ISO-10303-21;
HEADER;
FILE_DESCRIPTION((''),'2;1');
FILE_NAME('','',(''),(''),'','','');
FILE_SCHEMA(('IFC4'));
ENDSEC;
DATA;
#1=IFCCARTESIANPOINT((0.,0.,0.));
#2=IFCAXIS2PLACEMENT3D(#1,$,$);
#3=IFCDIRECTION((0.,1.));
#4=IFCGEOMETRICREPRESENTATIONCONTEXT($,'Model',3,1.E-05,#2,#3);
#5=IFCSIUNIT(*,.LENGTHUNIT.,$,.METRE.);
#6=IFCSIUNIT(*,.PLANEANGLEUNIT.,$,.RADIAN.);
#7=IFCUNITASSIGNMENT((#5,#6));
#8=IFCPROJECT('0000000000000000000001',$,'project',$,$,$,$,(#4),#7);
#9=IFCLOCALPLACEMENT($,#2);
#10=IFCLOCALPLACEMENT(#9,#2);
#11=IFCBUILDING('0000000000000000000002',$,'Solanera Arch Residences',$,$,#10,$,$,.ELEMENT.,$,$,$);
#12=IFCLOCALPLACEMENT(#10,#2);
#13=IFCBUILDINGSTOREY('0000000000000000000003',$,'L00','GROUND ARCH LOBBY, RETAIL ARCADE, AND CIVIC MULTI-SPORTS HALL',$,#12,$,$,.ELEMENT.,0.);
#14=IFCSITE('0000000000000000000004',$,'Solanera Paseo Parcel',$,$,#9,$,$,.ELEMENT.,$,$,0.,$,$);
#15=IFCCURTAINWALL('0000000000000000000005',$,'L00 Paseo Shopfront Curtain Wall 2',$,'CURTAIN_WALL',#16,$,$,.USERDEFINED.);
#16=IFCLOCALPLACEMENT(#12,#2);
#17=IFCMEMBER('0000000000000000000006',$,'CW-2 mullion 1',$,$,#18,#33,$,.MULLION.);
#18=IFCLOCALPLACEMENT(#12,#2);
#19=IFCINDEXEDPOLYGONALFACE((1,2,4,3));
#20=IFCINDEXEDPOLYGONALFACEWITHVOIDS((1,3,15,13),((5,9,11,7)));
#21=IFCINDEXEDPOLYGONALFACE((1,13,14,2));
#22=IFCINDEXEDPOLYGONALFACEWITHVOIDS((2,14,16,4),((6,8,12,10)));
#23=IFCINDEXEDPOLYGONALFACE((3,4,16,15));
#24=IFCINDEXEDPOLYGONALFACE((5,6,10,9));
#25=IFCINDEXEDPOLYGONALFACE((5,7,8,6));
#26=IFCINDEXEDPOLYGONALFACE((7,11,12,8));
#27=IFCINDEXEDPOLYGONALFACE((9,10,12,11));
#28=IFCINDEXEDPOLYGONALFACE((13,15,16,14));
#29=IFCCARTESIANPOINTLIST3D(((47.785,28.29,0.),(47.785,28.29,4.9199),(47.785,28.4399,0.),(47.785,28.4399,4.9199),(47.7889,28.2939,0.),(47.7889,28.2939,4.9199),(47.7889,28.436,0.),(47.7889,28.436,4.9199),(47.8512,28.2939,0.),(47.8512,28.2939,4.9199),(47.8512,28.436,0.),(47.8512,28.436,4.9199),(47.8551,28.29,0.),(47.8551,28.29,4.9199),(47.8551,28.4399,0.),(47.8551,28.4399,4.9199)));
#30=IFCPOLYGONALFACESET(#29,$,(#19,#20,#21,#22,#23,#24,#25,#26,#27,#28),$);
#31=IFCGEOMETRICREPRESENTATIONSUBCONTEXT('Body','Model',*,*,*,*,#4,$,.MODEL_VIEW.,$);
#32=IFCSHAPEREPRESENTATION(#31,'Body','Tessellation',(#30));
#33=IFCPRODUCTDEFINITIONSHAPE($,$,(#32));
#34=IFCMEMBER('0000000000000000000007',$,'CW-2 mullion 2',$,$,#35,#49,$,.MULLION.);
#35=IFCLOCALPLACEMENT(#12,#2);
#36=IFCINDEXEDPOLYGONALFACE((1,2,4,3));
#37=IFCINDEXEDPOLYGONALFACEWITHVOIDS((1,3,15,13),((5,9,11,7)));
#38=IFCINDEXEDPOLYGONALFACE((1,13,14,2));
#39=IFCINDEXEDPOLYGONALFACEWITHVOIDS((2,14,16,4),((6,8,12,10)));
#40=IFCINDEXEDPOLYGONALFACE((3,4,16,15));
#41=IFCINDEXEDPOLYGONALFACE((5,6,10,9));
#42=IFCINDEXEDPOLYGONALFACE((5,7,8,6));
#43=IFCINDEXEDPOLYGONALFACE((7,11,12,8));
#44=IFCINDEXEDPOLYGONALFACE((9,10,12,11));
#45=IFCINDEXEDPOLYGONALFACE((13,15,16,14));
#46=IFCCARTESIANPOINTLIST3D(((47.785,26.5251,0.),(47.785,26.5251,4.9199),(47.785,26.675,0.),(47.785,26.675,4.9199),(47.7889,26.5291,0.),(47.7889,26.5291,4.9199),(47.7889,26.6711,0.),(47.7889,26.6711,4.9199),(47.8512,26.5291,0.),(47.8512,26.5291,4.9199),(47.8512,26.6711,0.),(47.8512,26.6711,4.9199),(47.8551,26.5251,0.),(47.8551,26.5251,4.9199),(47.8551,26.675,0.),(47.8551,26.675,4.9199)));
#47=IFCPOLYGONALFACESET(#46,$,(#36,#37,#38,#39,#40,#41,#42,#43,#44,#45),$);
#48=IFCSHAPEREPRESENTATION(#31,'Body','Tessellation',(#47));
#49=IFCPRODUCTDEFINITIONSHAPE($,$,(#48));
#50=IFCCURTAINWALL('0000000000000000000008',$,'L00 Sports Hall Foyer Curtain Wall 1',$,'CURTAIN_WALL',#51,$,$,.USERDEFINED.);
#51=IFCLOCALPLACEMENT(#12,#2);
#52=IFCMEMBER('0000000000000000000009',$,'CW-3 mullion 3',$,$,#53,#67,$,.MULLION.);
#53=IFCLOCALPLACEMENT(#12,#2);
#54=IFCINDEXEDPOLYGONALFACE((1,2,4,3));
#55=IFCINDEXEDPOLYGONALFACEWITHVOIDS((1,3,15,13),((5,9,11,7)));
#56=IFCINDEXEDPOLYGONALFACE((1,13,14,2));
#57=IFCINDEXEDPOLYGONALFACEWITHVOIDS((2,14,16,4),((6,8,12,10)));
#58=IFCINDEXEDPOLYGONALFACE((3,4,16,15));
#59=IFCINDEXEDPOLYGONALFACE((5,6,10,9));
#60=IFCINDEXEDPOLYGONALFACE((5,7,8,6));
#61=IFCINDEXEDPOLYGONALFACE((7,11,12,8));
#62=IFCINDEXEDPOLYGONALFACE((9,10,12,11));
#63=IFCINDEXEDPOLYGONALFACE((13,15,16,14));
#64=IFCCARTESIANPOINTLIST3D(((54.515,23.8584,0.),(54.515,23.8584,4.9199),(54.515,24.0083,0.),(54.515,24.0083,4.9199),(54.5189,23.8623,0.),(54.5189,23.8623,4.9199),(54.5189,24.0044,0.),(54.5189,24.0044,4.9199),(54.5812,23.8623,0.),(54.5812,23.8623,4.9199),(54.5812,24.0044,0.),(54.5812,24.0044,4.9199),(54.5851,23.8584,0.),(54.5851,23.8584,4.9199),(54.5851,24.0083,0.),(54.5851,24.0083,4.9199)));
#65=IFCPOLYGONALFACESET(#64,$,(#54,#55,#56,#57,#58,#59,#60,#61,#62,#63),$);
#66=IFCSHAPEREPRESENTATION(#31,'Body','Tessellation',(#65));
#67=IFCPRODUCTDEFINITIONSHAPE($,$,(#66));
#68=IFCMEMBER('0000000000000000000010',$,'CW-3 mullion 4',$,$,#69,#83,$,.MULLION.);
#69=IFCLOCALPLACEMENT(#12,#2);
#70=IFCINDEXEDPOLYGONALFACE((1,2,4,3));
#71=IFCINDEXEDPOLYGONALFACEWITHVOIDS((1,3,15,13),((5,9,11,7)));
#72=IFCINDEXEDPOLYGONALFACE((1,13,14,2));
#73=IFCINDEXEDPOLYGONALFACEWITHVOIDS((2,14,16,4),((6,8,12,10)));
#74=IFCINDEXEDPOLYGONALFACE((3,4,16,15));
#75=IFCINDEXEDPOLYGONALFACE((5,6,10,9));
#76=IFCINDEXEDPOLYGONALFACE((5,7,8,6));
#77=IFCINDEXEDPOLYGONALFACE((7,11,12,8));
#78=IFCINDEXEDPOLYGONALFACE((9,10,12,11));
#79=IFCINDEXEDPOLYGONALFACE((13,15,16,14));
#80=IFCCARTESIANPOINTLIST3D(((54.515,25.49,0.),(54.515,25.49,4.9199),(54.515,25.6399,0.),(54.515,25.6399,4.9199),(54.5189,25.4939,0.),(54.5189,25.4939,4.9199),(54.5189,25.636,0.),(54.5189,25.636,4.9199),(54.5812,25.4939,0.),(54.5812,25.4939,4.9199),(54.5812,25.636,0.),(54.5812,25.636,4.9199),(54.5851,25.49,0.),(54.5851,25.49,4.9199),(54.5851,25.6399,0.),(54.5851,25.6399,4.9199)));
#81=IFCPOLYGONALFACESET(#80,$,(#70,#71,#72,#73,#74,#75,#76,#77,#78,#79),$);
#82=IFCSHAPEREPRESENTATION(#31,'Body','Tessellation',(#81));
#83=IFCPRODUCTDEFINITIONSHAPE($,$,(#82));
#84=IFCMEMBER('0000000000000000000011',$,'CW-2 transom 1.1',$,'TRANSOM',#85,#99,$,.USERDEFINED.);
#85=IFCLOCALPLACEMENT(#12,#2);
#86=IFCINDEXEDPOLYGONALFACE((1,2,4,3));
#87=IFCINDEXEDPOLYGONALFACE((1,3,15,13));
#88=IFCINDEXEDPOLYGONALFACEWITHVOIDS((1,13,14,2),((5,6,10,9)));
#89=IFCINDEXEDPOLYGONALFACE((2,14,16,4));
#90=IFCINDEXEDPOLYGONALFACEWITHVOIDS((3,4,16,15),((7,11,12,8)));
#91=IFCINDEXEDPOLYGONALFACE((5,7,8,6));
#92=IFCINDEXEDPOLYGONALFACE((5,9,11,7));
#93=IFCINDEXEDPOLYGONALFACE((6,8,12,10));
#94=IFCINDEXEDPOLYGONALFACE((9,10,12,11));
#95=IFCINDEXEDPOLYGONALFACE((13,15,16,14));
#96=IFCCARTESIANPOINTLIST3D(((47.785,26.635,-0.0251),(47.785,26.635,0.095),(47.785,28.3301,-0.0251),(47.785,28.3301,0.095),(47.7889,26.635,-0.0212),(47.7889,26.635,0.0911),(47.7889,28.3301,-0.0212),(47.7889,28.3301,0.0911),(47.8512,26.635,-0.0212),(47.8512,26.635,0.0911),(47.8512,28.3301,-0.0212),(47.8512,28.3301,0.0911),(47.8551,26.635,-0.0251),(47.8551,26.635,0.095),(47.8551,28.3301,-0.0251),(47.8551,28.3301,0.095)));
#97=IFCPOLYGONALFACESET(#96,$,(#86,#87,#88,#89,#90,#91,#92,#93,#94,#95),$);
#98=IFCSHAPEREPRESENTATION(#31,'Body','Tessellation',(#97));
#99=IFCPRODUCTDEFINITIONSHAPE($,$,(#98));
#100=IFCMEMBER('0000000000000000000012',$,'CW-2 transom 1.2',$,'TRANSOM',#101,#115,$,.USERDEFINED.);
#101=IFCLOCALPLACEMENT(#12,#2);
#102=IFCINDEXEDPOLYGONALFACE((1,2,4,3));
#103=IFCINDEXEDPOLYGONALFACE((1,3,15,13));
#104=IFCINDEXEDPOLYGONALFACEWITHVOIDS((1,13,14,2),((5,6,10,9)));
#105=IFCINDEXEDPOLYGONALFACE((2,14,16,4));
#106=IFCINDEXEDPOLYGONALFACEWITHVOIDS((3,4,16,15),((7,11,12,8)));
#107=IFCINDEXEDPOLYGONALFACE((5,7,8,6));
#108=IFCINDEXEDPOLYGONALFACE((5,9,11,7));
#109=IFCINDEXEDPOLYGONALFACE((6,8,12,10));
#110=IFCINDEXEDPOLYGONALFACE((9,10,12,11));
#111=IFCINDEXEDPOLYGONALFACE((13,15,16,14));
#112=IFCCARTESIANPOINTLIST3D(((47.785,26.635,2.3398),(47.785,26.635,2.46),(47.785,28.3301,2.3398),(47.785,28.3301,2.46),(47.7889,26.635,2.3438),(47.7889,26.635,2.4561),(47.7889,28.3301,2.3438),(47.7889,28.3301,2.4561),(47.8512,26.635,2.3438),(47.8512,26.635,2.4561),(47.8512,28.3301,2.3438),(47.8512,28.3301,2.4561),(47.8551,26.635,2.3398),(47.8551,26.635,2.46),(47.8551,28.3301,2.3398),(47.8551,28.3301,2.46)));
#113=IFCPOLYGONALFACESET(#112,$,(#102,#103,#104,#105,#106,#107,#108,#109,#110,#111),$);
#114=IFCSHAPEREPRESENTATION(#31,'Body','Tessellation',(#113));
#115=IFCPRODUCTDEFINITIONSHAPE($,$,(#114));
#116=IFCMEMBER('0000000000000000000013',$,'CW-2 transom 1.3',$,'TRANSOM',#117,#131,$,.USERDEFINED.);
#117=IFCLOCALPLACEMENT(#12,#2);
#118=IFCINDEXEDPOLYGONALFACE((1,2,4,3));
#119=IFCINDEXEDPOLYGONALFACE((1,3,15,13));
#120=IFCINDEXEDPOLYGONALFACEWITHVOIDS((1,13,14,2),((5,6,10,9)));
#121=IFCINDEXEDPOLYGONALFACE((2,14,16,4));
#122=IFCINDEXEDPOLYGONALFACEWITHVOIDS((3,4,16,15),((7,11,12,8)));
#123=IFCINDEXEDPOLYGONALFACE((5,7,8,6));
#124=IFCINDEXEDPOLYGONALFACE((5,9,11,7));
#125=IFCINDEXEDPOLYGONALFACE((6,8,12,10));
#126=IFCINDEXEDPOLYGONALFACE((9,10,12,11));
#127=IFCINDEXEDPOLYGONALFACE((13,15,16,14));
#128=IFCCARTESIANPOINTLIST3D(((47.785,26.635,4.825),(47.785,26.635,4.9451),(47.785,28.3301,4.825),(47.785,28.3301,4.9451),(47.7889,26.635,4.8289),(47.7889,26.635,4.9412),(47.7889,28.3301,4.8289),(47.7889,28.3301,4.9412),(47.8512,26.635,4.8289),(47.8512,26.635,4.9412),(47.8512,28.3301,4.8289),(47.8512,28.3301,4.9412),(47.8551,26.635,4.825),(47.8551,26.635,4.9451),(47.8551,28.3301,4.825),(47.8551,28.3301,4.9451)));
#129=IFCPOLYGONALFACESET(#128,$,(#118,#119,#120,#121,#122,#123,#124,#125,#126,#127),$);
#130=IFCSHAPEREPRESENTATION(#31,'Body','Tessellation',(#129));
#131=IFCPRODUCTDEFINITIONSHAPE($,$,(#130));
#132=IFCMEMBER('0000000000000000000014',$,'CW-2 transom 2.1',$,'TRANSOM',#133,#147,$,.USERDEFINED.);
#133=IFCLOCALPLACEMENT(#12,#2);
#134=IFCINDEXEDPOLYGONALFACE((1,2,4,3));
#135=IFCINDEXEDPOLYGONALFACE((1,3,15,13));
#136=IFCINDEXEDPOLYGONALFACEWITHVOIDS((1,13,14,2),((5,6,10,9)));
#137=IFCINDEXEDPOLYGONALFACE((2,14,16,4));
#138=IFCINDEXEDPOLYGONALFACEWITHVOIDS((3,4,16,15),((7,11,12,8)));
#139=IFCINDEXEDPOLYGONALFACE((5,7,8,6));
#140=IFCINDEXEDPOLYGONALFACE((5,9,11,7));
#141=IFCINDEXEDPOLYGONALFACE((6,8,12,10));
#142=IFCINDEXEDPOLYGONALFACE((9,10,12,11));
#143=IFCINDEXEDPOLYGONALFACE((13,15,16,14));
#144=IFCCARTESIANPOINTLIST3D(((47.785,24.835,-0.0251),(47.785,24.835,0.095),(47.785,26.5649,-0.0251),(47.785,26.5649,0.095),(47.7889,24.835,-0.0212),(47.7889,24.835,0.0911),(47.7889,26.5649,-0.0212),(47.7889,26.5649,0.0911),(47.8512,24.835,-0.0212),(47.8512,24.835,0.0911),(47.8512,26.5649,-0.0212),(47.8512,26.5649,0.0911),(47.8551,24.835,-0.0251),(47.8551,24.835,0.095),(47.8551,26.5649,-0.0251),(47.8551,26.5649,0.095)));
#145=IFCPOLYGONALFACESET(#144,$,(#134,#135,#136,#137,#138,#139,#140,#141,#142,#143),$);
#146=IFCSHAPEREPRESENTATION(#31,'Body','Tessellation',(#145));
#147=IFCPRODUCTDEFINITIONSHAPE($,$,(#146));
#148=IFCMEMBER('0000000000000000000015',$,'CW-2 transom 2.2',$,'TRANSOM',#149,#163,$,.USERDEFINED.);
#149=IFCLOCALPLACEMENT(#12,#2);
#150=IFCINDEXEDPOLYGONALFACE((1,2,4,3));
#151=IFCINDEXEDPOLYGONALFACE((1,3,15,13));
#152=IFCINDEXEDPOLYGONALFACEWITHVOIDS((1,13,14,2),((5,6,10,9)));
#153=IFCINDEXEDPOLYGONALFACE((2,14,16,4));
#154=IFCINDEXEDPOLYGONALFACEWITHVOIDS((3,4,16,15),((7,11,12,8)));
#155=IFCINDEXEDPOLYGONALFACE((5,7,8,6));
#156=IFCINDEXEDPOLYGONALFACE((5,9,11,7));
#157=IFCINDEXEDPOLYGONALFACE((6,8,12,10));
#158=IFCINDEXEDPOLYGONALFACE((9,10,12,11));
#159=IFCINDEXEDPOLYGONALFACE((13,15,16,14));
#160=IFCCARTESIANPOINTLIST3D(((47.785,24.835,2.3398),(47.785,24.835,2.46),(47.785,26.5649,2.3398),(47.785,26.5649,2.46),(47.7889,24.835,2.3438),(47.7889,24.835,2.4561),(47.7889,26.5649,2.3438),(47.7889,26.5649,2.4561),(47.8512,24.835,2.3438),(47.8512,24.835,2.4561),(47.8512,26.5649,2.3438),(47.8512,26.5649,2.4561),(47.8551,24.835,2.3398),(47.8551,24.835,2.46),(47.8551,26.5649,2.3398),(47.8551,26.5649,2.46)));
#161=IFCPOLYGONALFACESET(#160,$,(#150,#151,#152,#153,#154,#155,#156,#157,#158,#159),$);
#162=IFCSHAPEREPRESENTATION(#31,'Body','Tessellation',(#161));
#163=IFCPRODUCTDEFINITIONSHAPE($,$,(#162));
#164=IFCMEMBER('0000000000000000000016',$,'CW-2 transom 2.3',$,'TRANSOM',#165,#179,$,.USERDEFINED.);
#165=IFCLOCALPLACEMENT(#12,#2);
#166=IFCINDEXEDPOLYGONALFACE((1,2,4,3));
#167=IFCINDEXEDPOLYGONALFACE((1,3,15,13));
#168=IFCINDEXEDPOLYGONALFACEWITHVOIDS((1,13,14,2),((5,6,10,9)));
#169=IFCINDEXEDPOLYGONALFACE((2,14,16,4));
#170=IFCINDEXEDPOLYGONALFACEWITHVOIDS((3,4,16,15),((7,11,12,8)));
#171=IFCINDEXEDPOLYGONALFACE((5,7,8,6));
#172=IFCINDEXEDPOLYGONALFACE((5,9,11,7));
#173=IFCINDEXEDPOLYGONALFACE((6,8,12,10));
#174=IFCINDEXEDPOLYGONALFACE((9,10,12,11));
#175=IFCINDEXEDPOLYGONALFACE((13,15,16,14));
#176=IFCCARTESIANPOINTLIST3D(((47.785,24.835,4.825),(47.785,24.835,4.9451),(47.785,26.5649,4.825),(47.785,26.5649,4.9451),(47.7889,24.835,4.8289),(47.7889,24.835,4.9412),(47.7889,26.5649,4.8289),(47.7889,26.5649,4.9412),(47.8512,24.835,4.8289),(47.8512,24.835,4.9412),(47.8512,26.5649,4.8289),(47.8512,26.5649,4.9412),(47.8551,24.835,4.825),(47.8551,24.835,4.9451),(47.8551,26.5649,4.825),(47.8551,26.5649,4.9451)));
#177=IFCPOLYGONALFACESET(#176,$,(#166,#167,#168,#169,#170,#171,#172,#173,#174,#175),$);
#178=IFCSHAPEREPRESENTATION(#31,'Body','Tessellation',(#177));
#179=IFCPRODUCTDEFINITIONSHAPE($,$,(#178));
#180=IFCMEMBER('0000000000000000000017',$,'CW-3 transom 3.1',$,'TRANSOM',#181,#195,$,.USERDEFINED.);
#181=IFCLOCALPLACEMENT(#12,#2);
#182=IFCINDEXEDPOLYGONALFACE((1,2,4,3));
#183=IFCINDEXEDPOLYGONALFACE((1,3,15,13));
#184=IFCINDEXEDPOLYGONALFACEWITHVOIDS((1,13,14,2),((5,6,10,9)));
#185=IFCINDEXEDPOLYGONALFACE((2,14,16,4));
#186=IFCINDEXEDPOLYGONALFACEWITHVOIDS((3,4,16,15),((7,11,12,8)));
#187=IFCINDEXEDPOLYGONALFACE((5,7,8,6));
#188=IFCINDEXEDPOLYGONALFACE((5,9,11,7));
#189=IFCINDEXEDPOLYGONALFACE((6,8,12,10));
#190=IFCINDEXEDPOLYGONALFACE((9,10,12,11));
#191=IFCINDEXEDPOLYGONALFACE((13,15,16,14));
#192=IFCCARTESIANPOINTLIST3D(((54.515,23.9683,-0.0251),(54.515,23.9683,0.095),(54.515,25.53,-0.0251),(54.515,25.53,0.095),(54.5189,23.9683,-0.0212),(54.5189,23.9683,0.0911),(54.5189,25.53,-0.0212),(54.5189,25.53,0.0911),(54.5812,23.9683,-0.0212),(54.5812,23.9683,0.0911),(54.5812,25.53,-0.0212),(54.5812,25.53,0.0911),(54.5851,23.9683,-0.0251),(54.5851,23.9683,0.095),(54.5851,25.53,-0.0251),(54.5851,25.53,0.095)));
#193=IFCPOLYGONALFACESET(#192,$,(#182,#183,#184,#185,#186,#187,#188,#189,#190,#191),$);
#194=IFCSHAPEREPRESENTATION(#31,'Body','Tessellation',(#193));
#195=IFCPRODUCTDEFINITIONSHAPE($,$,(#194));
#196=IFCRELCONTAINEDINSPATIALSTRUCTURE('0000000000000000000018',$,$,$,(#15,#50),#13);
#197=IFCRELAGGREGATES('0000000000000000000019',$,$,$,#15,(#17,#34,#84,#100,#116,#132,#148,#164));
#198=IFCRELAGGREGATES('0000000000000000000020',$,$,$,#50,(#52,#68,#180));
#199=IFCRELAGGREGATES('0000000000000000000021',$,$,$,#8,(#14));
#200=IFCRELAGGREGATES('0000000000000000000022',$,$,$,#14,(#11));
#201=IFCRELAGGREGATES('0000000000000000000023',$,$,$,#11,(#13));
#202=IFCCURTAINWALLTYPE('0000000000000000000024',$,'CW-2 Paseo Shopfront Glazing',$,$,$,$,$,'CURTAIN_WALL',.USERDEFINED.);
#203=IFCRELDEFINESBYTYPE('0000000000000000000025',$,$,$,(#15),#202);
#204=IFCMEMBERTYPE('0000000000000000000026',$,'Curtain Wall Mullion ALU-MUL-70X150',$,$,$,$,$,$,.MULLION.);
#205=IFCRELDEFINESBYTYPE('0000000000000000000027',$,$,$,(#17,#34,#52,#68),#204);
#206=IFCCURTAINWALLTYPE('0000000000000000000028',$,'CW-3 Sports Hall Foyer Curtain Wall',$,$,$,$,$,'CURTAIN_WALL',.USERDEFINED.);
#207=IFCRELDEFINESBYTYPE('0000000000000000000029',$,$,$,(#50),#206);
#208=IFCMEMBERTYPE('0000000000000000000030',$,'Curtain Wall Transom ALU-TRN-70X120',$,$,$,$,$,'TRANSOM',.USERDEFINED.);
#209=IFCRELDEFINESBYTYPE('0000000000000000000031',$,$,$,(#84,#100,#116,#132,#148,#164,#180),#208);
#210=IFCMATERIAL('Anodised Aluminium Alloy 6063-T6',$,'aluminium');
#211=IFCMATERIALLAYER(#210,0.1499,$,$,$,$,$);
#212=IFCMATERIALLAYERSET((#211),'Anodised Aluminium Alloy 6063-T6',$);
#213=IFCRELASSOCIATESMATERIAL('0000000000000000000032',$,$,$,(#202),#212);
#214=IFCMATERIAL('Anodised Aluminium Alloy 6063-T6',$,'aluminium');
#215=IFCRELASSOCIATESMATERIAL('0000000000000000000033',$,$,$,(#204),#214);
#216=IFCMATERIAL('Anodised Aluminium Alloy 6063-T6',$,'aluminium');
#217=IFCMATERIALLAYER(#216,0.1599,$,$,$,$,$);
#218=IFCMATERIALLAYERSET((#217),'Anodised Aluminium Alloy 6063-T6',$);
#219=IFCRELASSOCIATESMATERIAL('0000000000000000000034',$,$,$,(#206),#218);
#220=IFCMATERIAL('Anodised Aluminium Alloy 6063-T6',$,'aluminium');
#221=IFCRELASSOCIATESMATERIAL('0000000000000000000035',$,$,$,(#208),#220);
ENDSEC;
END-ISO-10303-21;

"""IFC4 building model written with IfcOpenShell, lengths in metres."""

from ifc_helpers import new_model, si_unit, direction, frame, origin, origin_2d, place, context, subcontext, project, spatial, hollow_rectangle, extrude, material, layer, layer_set, material_profile, profile_set, type_object, element, aggregate, save


model = new_model("IFC4")

# Units and contexts
model_context = context("Model", 3, precision=1e-05, world=origin(), true_north=direction((0.0, 1.0)))
body_context = subcontext(model_context, "Body", "Model", "MODEL_VIEW")
ifc_project = project(units=[si_unit("LENGTHUNIT", "METRE"), si_unit("PLANEANGLEUNIT", "RADIAN")], contexts=[model_context])

# Site, building, storey
site_placement = place(None, origin())
site = spatial("IfcSite", under=ifc_project, at=site_placement, Name="Solanera Paseo Parcel", CompositionType="ELEMENT", RefElevation=0.0)
building_placement = place(site_placement, origin())
building = spatial("IfcBuilding", under=site, at=building_placement, Name="Solanera Arch Residences", CompositionType="ELEMENT")
storey_placement = place(building_placement, origin())
storey = spatial("IfcBuildingStorey", under=building, at=storey_placement, Name="L00", Description="GROUND ARCH LOBBY, RETAIL ARCADE, AND CIVIC MULTI-SPORTS HALL", CompositionType="ELEMENT", Elevation=0.0)

# Curtain walls, members
ifc_material_1 = material(Name="Anodised Aluminium Alloy 6063-T6", Category="aluminium")
ifc_layer_1 = layer(ifc_material_1, 0.1499)
ifc_layer_set_1 = layer_set([ifc_layer_1], Name="Anodised Aluminium Alloy 6063-T6")
curtain_wall_type_1 = type_object("IfcCurtainWallType", Name="CW-2 Paseo Shopfront Glazing", ElementType="CURTAIN_WALL", PredefinedType="USERDEFINED", material=ifc_layer_set_1)
curtain_wall_1_placement = place(storey_placement, origin())
curtain_wall_1 = element("IfcCurtainWall", 1, at=curtain_wall_1_placement, inside=storey, type_object=curtain_wall_type_1, Name="L00 Paseo Shopfront Curtain Wall 2", ObjectType="CURTAIN_WALL", PredefinedType="USERDEFINED")
ifc_material_2 = material(Name="Anodised Aluminium Alloy 6063-T6", Category="aluminium")
ifc_material_profile_1 = material_profile(ifc_material_2, hollow_rectangle(XDim=0.0701, YDim=0.1499, WallThickness=0.0039, at=origin_2d()))
ifc_profile_set_1 = profile_set([ifc_material_profile_1], Name="Anodised Aluminium Alloy 6063-T6")
member_type_1 = type_object("IfcMemberType", Name="Curtain Wall Mullion ALU-MUL-70X150", PredefinedType="MULLION", material=ifc_profile_set_1)
member_1_placement = place(storey_placement, frame((47.8201, 28.365, 0.0), z_axis=(0.0, 0.0, 1.0), x_axis=(1.0, 0.0, 0.0)))
member_1 = element("IfcMember", 2, at=member_1_placement, type_object=member_type_1, Name="CW-2 mullion 1", PredefinedType="MULLION", context=body_context, shape_type="SweptSolid", body=[
    extrude(hollow_rectangle(XDim=0.0701, YDim=0.1499, WallThickness=0.0039, at=origin_2d()), origin(), (0.0, 0.0, 1.0), 4.9199),
])
member_2_placement = place(storey_placement, frame((47.8201, 26.6001, 0.0), z_axis=(0.0, 0.0, 1.0), x_axis=(1.0, 0.0, 0.0)))
member_2 = element("IfcMember", 3, at=member_2_placement, type_object=member_type_1, Name="CW-2 mullion 2", PredefinedType="MULLION", context=body_context, shape_type="SweptSolid", body=[
    extrude(hollow_rectangle(XDim=0.0701, YDim=0.1499, WallThickness=0.0039, at=origin_2d()), origin(), (0.0, 0.0, 1.0), 4.9199),
])
ifc_material_3 = material(Name="Anodised Aluminium Alloy 6063-T6", Category="aluminium")
ifc_layer_2 = layer(ifc_material_3, 0.1599)
ifc_layer_set_2 = layer_set([ifc_layer_2], Name="Anodised Aluminium Alloy 6063-T6")
curtain_wall_type_2 = type_object("IfcCurtainWallType", Name="CW-3 Sports Hall Foyer Curtain Wall", ElementType="CURTAIN_WALL", PredefinedType="USERDEFINED", material=ifc_layer_set_2)
curtain_wall_2_placement = place(storey_placement, origin())
curtain_wall_2 = element("IfcCurtainWall", 4, at=curtain_wall_2_placement, inside=storey, type_object=curtain_wall_type_2, Name="L00 Sports Hall Foyer Curtain Wall 1", ObjectType="CURTAIN_WALL", PredefinedType="USERDEFINED")
member_3_placement = place(storey_placement, frame((54.55, 23.9333, 0.0), z_axis=(0.0, 0.0, 1.0), x_axis=(-1.0, 0.0, 0.0)))
member_3 = element("IfcMember", 5, at=member_3_placement, type_object=member_type_1, Name="CW-3 mullion 3", PredefinedType="MULLION", context=body_context, shape_type="SweptSolid", body=[
    extrude(hollow_rectangle(XDim=0.0701, YDim=0.1499, WallThickness=0.0039, at=origin_2d()), origin(), (0.0, 0.0, 1.0), 4.9199),
])
member_4_placement = place(storey_placement, frame((54.55, 25.5649, 0.0), z_axis=(0.0, 0.0, 1.0), x_axis=(-1.0, 0.0, 0.0)))
member_4 = element("IfcMember", 6, at=member_4_placement, type_object=member_type_1, Name="CW-3 mullion 4", PredefinedType="MULLION", context=body_context, shape_type="SweptSolid", body=[
    extrude(hollow_rectangle(XDim=0.0701, YDim=0.1499, WallThickness=0.0039, at=origin_2d()), origin(), (0.0, 0.0, 1.0), 4.9199),
])

# Members
ifc_material_4 = material(Name="Anodised Aluminium Alloy 6063-T6", Category="aluminium")
ifc_material_profile_2 = material_profile(ifc_material_4, hollow_rectangle(XDim=0.0701, YDim=0.1201, WallThickness=0.0039, at=origin_2d()))
ifc_profile_set_2 = profile_set([ifc_material_profile_2], Name="Anodised Aluminium Alloy 6063-T6")
member_type_2 = type_object("IfcMemberType", Name="Curtain Wall Transom ALU-TRN-70X120", ElementType="TRANSOM", PredefinedType="USERDEFINED", material=ifc_profile_set_2)
member_5_placement = place(storey_placement, frame((47.8201, 28.3301, 0.0349), z_axis=(0.0, -1.0, 0.0), x_axis=(1.0, 0.0, 0.0)))
member_5 = element("IfcMember", 7, at=member_5_placement, type_object=member_type_2, Name="CW-2 transom 1.1", ObjectType="TRANSOM", PredefinedType="USERDEFINED", context=body_context, shape_type="SweptSolid", body=[
    extrude(hollow_rectangle(XDim=0.0701, YDim=0.1201, WallThickness=0.0039, at=origin_2d()), origin(), (0.0, 0.0, 1.0), 1.6951),
])
member_6_placement = place(storey_placement, frame((47.8201, 28.3301, 2.3999), z_axis=(0.0, -1.0, 0.0), x_axis=(1.0, 0.0, 0.0)))
member_6 = element("IfcMember", 8, at=member_6_placement, type_object=member_type_2, Name="CW-2 transom 1.2", ObjectType="TRANSOM", PredefinedType="USERDEFINED", context=body_context, shape_type="SweptSolid", body=[
    extrude(hollow_rectangle(XDim=0.0701, YDim=0.1201, WallThickness=0.0039, at=origin_2d()), origin(), (0.0, 0.0, 1.0), 1.6951),
])
member_7_placement = place(storey_placement, frame((47.8201, 28.3301, 4.885), z_axis=(0.0, -1.0, 0.0), x_axis=(1.0, 0.0, 0.0)))
member_7 = element("IfcMember", 9, at=member_7_placement, type_object=member_type_2, Name="CW-2 transom 1.3", ObjectType="TRANSOM", PredefinedType="USERDEFINED", context=body_context, shape_type="SweptSolid", body=[
    extrude(hollow_rectangle(XDim=0.0701, YDim=0.1201, WallThickness=0.0039, at=origin_2d()), origin(), (0.0, 0.0, 1.0), 1.6951),
])
member_8_placement = place(storey_placement, frame((47.8201, 26.5649, 0.0349), z_axis=(0.0, -1.0, 0.0), x_axis=(1.0, 0.0, 0.0)))
member_8 = element("IfcMember", 10, at=member_8_placement, type_object=member_type_2, Name="CW-2 transom 2.1", ObjectType="TRANSOM", PredefinedType="USERDEFINED", context=body_context, shape_type="SweptSolid", body=[
    extrude(hollow_rectangle(XDim=0.0701, YDim=0.1201, WallThickness=0.0039, at=origin_2d()), origin(), (0.0, 0.0, 1.0), 1.73),
])
member_9_placement = place(storey_placement, frame((47.8201, 26.5649, 2.3999), z_axis=(0.0, -1.0, 0.0), x_axis=(1.0, 0.0, 0.0)))
member_9 = element("IfcMember", 11, at=member_9_placement, type_object=member_type_2, Name="CW-2 transom 2.2", ObjectType="TRANSOM", PredefinedType="USERDEFINED", context=body_context, shape_type="SweptSolid", body=[
    extrude(hollow_rectangle(XDim=0.0701, YDim=0.1201, WallThickness=0.0039, at=origin_2d()), origin(), (0.0, 0.0, 1.0), 1.73),
])
member_10_placement = place(storey_placement, frame((47.8201, 26.5649, 4.885), z_axis=(0.0, -1.0, 0.0), x_axis=(1.0, 0.0, 0.0)))
member_10 = element("IfcMember", 12, at=member_10_placement, type_object=member_type_2, Name="CW-2 transom 2.3", ObjectType="TRANSOM", PredefinedType="USERDEFINED", context=body_context, shape_type="SweptSolid", body=[
    extrude(hollow_rectangle(XDim=0.0701, YDim=0.1201, WallThickness=0.0039, at=origin_2d()), origin(), (0.0, 0.0, 1.0), 1.73),
])
member_11_placement = place(storey_placement, frame((54.55, 23.9683, 0.0349), z_axis=(0.0, 1.0, 0.0), x_axis=(-1.0, 0.0, 0.0)))
member_11 = element("IfcMember", 13, at=member_11_placement, type_object=member_type_2, Name="CW-3 transom 3.1", ObjectType="TRANSOM", PredefinedType="USERDEFINED", context=body_context, shape_type="SweptSolid", body=[
    extrude(hollow_rectangle(XDim=0.0701, YDim=0.1201, WallThickness=0.0039, at=origin_2d()), origin(), (0.0, 0.0, 1.0), 1.5618),
])

aggregate(curtain_wall_1, [member_1, member_2, member_5, member_6, member_7, member_8, member_9, member_10])
aggregate(curtain_wall_2, [member_3, member_4, member_11])

save(model, "model.ifc")
